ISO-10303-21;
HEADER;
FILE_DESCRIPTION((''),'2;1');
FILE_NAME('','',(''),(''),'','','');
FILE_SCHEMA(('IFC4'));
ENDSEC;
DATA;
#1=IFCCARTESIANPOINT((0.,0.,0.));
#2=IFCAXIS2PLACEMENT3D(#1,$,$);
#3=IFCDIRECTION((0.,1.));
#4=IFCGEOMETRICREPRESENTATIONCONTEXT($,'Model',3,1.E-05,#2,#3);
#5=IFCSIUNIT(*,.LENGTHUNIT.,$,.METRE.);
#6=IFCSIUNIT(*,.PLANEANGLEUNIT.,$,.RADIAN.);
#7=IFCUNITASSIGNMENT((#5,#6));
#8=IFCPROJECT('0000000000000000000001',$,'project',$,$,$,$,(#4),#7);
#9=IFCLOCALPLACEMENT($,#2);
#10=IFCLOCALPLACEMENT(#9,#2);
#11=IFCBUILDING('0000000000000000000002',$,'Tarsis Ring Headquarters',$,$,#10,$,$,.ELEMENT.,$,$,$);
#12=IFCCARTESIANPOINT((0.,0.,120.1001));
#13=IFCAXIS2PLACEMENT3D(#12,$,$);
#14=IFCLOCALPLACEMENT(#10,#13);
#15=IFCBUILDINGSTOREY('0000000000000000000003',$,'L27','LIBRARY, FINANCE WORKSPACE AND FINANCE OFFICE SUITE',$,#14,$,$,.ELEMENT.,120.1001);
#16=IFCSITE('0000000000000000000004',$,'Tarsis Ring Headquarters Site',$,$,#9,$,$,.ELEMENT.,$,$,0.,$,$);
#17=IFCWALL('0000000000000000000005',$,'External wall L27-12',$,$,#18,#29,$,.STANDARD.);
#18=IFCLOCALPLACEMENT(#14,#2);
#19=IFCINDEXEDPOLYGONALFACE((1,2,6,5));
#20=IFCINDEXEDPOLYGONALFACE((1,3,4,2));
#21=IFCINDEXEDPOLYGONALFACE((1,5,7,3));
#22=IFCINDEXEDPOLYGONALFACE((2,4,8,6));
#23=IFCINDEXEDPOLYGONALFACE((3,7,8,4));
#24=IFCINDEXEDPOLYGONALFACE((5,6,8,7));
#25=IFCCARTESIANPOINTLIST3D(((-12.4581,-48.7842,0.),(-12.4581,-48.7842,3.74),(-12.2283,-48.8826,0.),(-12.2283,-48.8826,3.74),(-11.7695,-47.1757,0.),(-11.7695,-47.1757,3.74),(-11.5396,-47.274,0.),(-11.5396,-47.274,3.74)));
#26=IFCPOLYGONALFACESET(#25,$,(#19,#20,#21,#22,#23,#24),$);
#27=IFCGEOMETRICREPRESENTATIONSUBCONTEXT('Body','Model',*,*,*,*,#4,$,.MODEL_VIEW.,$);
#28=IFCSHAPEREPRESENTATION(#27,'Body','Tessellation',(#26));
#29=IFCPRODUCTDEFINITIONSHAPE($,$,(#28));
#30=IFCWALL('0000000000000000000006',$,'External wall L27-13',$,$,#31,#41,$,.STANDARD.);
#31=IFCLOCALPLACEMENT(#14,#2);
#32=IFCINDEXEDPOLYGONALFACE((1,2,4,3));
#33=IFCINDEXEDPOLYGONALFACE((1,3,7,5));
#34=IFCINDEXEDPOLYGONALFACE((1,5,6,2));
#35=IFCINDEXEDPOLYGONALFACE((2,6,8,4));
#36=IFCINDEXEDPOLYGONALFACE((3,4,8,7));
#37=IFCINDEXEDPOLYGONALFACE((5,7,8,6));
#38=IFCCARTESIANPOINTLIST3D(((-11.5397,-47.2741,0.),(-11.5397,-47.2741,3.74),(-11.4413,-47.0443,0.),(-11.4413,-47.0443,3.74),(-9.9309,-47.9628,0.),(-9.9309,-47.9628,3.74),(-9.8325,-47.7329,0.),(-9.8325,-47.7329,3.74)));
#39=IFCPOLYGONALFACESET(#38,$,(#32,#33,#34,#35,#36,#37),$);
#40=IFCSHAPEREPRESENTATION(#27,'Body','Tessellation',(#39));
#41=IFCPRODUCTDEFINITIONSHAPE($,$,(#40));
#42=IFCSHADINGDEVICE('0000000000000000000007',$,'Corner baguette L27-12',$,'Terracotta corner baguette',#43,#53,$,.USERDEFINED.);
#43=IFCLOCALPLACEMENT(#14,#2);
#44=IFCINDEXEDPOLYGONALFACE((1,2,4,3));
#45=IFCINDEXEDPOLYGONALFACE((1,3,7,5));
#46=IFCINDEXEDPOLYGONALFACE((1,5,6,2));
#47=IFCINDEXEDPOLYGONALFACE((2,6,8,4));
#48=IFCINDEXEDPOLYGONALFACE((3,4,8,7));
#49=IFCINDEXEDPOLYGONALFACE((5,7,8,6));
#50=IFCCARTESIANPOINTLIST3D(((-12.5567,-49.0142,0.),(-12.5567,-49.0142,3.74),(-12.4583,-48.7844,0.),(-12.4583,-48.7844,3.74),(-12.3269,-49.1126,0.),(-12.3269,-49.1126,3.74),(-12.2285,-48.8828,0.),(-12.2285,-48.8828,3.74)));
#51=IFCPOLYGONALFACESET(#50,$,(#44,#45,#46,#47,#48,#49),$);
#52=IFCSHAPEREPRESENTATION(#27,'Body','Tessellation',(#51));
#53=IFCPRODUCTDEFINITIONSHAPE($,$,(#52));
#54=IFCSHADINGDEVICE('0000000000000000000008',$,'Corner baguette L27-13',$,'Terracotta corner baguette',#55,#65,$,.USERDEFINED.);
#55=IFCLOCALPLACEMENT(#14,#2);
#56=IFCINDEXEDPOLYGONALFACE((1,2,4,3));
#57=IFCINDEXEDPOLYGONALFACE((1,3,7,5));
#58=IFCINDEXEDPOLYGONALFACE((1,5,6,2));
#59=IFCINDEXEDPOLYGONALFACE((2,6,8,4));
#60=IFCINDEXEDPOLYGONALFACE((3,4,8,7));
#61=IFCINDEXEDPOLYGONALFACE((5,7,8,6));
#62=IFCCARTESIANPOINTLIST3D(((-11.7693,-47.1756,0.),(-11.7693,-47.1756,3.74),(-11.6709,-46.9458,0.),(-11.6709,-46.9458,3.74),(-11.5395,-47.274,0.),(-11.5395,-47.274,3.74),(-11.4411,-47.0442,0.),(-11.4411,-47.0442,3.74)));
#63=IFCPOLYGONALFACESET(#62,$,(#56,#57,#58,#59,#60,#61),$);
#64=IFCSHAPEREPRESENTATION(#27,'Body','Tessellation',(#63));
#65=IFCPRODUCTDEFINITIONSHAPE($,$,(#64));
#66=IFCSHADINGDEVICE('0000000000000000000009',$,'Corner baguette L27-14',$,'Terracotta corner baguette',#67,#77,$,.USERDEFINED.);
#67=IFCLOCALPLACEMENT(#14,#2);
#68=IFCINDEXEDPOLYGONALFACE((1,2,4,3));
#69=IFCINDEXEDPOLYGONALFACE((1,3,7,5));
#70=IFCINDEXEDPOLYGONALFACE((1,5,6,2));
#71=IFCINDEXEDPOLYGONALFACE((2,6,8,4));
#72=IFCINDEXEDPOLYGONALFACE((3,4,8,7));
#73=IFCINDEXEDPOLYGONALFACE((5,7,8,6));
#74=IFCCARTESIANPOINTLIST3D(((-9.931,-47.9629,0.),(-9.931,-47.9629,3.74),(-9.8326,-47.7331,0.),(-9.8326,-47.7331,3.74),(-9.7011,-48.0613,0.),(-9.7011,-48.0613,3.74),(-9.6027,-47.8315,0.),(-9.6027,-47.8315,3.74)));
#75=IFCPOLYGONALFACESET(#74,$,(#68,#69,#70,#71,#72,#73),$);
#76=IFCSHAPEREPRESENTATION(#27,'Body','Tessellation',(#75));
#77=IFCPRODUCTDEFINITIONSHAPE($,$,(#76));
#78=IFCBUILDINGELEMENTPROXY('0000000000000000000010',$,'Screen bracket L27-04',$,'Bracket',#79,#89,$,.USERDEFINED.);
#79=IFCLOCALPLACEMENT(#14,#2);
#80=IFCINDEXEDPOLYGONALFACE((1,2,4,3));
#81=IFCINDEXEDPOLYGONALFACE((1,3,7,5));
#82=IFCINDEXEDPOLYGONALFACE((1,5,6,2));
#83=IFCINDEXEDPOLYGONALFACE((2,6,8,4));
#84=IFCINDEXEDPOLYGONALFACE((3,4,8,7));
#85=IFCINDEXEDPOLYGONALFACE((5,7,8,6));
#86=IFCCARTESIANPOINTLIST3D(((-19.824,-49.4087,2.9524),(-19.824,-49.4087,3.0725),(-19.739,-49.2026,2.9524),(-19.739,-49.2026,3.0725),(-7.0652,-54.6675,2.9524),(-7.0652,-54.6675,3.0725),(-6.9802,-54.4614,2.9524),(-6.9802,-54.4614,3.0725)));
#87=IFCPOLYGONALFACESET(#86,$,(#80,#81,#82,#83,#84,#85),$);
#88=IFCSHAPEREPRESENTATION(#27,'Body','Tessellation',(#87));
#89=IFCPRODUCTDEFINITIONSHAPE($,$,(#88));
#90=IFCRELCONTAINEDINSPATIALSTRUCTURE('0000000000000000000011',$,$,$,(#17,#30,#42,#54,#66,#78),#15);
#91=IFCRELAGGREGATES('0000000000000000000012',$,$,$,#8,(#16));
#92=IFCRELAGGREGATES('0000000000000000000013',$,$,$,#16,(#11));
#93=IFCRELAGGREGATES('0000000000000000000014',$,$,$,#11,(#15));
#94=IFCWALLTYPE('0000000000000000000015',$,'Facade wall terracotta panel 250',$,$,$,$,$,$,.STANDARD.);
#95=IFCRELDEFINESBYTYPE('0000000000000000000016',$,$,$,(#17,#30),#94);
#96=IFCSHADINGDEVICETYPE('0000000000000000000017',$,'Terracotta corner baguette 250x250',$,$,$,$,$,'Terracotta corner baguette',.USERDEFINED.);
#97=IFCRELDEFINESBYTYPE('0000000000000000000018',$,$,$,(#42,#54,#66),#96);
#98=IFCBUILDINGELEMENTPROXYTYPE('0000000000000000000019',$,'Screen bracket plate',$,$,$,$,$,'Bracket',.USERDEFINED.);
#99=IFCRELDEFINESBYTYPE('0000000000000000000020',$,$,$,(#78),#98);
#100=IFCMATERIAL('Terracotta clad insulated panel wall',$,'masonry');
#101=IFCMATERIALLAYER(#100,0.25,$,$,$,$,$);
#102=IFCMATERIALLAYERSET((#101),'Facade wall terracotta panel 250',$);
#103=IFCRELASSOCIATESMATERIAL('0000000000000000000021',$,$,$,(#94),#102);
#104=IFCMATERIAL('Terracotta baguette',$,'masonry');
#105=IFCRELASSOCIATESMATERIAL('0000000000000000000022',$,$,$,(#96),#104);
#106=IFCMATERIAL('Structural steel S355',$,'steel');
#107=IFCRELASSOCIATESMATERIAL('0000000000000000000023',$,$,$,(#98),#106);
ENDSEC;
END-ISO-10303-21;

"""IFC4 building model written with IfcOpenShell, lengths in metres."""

from ifc_helpers import new_model, si_unit, direction, frame, frame_2d, origin, origin_2d, place, context, subcontext, project, spatial, rectangle, extrude, material, layer, layer_set, type_object, element, save


model = new_model("IFC4")

# Units and contexts
model_context = context("Model", 3, precision=1e-05, world=origin(), true_north=direction((0.0, 1.0)))
body_context = subcontext(model_context, "Body", "Model", "MODEL_VIEW")
ifc_project = project(units=[si_unit("LENGTHUNIT", "METRE"), si_unit("PLANEANGLEUNIT", "RADIAN")], contexts=[model_context])

# Site, building, storey
site_placement = place(None, origin())
site = spatial("IfcSite", under=ifc_project, at=site_placement, Name="Tarsis Ring Headquarters Site", CompositionType="ELEMENT", RefElevation=0.0)
building_placement = place(site_placement, origin())
building = spatial("IfcBuilding", under=site, at=building_placement, Name="Tarsis Ring Headquarters", CompositionType="ELEMENT")
storey_placement = place(building_placement, frame((0.0, 0.0, 120.1001)))
storey = spatial("IfcBuildingStorey", under=building, at=storey_placement, Name="L27", Description="LIBRARY, FINANCE WORKSPACE AND FINANCE OFFICE SUITE", CompositionType="ELEMENT", Elevation=120.1001)

# Shared definitions
ifc_material_1 = material(Name="Structural steel S355", Category="steel")

# Walls
ifc_material_2 = material(Name="Terracotta clad insulated panel wall", Category="masonry")
ifc_layer_1 = layer(ifc_material_2, 0.25)
ifc_layer_set_1 = layer_set([ifc_layer_1], Name="Facade wall terracotta panel 250")
wall_type_1 = type_object("IfcWallType", Name="Facade wall terracotta panel 250", PredefinedType="STANDARD", material=ifc_layer_set_1)
wall_1_placement = place(storey_placement, frame((-12.3433, -48.8335, 0.0), z_axis=(0.0, 0.0, 1.0), x_axis=(0.393583, 0.919289, 0.0)))
element("IfcWall", 1, at=wall_1_placement, inside=storey, type_object=wall_type_1, Name="External wall L27-12", PredefinedType="STANDARD", context=body_context, shape_type="SweptSolid", body=[
    extrude(rectangle(XDim=1.7498, YDim=0.25, at=frame_2d((0.875, 0.0))), origin(), (0.0, 0.0, 1.0), 3.74),
])
wall_2_placement = place(storey_placement, frame((-11.4905, -47.1592, 0.0), z_axis=(0.0, 0.0, 1.0), x_axis=(0.919311, -0.393532, 0.0)))
element("IfcWall", 2, at=wall_2_placement, inside=storey, type_object=wall_type_1, Name="External wall L27-13", PredefinedType="STANDARD", context=body_context, shape_type="SweptSolid", body=[
    extrude(rectangle(XDim=1.75, YDim=0.25, at=frame_2d((0.875, 0.0))), origin(), (0.0, 0.0, 1.0), 3.74),
])

# Shading devices
ifc_material_3 = material(Name="Terracotta baguette", Category="masonry")
shading_device_type_1 = type_object("IfcShadingDeviceType", Name="Terracotta corner baguette 250x250", ElementType="Terracotta corner baguette", PredefinedType="USERDEFINED", material=ifc_material_3)
for number, where, z_axis, x_axis, name in (
    (3, (-12.3926, -48.9485, 0.0), (0.0, 0.0, 1.0), (0.919273, -0.393621, 0.0), "Corner baguette L27-12"),
    (4, (-11.6052, -47.1099, 0.0), (0.0, 0.0, 1.0), (0.393621, 0.919273, 0.0), "Corner baguette L27-13"),
    (5, (-9.7668, -47.8972, 0.0), (0.0, 0.0, 1.0), (0.919273, -0.393621, 0.0), "Corner baguette L27-14"),
):
    element("IfcShadingDevice", number, at=place(storey_placement, frame(where, z_axis=z_axis, x_axis=x_axis)), inside=storey, type_object=shading_device_type_1, Name=name, ObjectType="Terracotta corner baguette", PredefinedType="USERDEFINED", context=body_context, shape_type="SweptSolid", body=[
        extrude(rectangle(XDim=0.25, YDim=0.25, at=origin_2d()), origin(), (0.0, 0.0, 1.0), 3.74),
    ])

# Building element proxy
building_element_proxy_type = type_object("IfcBuildingElementProxyType", Name="Screen bracket plate", ElementType="Bracket", PredefinedType="USERDEFINED", material=ifc_material_1)
proxy_placement = place(storey_placement, frame((-13.4021, -51.9351, 2.9524), z_axis=(0.0, 0.0, 1.0), x_axis=(0.924546, -0.38107, 0.0)))
element("IfcBuildingElementProxy", 6, at=proxy_placement, inside=storey, type_object=building_element_proxy_type, Name="Screen bracket L27-04", ObjectType="Bracket", PredefinedType="USERDEFINED", context=body_context, shape_type="SweptSolid", body=[
    extrude(rectangle(XDim=13.8, YDim=0.2229, at=origin_2d()), origin(), (0.0, 0.0, 1.0), 0.1201),
])

save(model, "model.ifc")
